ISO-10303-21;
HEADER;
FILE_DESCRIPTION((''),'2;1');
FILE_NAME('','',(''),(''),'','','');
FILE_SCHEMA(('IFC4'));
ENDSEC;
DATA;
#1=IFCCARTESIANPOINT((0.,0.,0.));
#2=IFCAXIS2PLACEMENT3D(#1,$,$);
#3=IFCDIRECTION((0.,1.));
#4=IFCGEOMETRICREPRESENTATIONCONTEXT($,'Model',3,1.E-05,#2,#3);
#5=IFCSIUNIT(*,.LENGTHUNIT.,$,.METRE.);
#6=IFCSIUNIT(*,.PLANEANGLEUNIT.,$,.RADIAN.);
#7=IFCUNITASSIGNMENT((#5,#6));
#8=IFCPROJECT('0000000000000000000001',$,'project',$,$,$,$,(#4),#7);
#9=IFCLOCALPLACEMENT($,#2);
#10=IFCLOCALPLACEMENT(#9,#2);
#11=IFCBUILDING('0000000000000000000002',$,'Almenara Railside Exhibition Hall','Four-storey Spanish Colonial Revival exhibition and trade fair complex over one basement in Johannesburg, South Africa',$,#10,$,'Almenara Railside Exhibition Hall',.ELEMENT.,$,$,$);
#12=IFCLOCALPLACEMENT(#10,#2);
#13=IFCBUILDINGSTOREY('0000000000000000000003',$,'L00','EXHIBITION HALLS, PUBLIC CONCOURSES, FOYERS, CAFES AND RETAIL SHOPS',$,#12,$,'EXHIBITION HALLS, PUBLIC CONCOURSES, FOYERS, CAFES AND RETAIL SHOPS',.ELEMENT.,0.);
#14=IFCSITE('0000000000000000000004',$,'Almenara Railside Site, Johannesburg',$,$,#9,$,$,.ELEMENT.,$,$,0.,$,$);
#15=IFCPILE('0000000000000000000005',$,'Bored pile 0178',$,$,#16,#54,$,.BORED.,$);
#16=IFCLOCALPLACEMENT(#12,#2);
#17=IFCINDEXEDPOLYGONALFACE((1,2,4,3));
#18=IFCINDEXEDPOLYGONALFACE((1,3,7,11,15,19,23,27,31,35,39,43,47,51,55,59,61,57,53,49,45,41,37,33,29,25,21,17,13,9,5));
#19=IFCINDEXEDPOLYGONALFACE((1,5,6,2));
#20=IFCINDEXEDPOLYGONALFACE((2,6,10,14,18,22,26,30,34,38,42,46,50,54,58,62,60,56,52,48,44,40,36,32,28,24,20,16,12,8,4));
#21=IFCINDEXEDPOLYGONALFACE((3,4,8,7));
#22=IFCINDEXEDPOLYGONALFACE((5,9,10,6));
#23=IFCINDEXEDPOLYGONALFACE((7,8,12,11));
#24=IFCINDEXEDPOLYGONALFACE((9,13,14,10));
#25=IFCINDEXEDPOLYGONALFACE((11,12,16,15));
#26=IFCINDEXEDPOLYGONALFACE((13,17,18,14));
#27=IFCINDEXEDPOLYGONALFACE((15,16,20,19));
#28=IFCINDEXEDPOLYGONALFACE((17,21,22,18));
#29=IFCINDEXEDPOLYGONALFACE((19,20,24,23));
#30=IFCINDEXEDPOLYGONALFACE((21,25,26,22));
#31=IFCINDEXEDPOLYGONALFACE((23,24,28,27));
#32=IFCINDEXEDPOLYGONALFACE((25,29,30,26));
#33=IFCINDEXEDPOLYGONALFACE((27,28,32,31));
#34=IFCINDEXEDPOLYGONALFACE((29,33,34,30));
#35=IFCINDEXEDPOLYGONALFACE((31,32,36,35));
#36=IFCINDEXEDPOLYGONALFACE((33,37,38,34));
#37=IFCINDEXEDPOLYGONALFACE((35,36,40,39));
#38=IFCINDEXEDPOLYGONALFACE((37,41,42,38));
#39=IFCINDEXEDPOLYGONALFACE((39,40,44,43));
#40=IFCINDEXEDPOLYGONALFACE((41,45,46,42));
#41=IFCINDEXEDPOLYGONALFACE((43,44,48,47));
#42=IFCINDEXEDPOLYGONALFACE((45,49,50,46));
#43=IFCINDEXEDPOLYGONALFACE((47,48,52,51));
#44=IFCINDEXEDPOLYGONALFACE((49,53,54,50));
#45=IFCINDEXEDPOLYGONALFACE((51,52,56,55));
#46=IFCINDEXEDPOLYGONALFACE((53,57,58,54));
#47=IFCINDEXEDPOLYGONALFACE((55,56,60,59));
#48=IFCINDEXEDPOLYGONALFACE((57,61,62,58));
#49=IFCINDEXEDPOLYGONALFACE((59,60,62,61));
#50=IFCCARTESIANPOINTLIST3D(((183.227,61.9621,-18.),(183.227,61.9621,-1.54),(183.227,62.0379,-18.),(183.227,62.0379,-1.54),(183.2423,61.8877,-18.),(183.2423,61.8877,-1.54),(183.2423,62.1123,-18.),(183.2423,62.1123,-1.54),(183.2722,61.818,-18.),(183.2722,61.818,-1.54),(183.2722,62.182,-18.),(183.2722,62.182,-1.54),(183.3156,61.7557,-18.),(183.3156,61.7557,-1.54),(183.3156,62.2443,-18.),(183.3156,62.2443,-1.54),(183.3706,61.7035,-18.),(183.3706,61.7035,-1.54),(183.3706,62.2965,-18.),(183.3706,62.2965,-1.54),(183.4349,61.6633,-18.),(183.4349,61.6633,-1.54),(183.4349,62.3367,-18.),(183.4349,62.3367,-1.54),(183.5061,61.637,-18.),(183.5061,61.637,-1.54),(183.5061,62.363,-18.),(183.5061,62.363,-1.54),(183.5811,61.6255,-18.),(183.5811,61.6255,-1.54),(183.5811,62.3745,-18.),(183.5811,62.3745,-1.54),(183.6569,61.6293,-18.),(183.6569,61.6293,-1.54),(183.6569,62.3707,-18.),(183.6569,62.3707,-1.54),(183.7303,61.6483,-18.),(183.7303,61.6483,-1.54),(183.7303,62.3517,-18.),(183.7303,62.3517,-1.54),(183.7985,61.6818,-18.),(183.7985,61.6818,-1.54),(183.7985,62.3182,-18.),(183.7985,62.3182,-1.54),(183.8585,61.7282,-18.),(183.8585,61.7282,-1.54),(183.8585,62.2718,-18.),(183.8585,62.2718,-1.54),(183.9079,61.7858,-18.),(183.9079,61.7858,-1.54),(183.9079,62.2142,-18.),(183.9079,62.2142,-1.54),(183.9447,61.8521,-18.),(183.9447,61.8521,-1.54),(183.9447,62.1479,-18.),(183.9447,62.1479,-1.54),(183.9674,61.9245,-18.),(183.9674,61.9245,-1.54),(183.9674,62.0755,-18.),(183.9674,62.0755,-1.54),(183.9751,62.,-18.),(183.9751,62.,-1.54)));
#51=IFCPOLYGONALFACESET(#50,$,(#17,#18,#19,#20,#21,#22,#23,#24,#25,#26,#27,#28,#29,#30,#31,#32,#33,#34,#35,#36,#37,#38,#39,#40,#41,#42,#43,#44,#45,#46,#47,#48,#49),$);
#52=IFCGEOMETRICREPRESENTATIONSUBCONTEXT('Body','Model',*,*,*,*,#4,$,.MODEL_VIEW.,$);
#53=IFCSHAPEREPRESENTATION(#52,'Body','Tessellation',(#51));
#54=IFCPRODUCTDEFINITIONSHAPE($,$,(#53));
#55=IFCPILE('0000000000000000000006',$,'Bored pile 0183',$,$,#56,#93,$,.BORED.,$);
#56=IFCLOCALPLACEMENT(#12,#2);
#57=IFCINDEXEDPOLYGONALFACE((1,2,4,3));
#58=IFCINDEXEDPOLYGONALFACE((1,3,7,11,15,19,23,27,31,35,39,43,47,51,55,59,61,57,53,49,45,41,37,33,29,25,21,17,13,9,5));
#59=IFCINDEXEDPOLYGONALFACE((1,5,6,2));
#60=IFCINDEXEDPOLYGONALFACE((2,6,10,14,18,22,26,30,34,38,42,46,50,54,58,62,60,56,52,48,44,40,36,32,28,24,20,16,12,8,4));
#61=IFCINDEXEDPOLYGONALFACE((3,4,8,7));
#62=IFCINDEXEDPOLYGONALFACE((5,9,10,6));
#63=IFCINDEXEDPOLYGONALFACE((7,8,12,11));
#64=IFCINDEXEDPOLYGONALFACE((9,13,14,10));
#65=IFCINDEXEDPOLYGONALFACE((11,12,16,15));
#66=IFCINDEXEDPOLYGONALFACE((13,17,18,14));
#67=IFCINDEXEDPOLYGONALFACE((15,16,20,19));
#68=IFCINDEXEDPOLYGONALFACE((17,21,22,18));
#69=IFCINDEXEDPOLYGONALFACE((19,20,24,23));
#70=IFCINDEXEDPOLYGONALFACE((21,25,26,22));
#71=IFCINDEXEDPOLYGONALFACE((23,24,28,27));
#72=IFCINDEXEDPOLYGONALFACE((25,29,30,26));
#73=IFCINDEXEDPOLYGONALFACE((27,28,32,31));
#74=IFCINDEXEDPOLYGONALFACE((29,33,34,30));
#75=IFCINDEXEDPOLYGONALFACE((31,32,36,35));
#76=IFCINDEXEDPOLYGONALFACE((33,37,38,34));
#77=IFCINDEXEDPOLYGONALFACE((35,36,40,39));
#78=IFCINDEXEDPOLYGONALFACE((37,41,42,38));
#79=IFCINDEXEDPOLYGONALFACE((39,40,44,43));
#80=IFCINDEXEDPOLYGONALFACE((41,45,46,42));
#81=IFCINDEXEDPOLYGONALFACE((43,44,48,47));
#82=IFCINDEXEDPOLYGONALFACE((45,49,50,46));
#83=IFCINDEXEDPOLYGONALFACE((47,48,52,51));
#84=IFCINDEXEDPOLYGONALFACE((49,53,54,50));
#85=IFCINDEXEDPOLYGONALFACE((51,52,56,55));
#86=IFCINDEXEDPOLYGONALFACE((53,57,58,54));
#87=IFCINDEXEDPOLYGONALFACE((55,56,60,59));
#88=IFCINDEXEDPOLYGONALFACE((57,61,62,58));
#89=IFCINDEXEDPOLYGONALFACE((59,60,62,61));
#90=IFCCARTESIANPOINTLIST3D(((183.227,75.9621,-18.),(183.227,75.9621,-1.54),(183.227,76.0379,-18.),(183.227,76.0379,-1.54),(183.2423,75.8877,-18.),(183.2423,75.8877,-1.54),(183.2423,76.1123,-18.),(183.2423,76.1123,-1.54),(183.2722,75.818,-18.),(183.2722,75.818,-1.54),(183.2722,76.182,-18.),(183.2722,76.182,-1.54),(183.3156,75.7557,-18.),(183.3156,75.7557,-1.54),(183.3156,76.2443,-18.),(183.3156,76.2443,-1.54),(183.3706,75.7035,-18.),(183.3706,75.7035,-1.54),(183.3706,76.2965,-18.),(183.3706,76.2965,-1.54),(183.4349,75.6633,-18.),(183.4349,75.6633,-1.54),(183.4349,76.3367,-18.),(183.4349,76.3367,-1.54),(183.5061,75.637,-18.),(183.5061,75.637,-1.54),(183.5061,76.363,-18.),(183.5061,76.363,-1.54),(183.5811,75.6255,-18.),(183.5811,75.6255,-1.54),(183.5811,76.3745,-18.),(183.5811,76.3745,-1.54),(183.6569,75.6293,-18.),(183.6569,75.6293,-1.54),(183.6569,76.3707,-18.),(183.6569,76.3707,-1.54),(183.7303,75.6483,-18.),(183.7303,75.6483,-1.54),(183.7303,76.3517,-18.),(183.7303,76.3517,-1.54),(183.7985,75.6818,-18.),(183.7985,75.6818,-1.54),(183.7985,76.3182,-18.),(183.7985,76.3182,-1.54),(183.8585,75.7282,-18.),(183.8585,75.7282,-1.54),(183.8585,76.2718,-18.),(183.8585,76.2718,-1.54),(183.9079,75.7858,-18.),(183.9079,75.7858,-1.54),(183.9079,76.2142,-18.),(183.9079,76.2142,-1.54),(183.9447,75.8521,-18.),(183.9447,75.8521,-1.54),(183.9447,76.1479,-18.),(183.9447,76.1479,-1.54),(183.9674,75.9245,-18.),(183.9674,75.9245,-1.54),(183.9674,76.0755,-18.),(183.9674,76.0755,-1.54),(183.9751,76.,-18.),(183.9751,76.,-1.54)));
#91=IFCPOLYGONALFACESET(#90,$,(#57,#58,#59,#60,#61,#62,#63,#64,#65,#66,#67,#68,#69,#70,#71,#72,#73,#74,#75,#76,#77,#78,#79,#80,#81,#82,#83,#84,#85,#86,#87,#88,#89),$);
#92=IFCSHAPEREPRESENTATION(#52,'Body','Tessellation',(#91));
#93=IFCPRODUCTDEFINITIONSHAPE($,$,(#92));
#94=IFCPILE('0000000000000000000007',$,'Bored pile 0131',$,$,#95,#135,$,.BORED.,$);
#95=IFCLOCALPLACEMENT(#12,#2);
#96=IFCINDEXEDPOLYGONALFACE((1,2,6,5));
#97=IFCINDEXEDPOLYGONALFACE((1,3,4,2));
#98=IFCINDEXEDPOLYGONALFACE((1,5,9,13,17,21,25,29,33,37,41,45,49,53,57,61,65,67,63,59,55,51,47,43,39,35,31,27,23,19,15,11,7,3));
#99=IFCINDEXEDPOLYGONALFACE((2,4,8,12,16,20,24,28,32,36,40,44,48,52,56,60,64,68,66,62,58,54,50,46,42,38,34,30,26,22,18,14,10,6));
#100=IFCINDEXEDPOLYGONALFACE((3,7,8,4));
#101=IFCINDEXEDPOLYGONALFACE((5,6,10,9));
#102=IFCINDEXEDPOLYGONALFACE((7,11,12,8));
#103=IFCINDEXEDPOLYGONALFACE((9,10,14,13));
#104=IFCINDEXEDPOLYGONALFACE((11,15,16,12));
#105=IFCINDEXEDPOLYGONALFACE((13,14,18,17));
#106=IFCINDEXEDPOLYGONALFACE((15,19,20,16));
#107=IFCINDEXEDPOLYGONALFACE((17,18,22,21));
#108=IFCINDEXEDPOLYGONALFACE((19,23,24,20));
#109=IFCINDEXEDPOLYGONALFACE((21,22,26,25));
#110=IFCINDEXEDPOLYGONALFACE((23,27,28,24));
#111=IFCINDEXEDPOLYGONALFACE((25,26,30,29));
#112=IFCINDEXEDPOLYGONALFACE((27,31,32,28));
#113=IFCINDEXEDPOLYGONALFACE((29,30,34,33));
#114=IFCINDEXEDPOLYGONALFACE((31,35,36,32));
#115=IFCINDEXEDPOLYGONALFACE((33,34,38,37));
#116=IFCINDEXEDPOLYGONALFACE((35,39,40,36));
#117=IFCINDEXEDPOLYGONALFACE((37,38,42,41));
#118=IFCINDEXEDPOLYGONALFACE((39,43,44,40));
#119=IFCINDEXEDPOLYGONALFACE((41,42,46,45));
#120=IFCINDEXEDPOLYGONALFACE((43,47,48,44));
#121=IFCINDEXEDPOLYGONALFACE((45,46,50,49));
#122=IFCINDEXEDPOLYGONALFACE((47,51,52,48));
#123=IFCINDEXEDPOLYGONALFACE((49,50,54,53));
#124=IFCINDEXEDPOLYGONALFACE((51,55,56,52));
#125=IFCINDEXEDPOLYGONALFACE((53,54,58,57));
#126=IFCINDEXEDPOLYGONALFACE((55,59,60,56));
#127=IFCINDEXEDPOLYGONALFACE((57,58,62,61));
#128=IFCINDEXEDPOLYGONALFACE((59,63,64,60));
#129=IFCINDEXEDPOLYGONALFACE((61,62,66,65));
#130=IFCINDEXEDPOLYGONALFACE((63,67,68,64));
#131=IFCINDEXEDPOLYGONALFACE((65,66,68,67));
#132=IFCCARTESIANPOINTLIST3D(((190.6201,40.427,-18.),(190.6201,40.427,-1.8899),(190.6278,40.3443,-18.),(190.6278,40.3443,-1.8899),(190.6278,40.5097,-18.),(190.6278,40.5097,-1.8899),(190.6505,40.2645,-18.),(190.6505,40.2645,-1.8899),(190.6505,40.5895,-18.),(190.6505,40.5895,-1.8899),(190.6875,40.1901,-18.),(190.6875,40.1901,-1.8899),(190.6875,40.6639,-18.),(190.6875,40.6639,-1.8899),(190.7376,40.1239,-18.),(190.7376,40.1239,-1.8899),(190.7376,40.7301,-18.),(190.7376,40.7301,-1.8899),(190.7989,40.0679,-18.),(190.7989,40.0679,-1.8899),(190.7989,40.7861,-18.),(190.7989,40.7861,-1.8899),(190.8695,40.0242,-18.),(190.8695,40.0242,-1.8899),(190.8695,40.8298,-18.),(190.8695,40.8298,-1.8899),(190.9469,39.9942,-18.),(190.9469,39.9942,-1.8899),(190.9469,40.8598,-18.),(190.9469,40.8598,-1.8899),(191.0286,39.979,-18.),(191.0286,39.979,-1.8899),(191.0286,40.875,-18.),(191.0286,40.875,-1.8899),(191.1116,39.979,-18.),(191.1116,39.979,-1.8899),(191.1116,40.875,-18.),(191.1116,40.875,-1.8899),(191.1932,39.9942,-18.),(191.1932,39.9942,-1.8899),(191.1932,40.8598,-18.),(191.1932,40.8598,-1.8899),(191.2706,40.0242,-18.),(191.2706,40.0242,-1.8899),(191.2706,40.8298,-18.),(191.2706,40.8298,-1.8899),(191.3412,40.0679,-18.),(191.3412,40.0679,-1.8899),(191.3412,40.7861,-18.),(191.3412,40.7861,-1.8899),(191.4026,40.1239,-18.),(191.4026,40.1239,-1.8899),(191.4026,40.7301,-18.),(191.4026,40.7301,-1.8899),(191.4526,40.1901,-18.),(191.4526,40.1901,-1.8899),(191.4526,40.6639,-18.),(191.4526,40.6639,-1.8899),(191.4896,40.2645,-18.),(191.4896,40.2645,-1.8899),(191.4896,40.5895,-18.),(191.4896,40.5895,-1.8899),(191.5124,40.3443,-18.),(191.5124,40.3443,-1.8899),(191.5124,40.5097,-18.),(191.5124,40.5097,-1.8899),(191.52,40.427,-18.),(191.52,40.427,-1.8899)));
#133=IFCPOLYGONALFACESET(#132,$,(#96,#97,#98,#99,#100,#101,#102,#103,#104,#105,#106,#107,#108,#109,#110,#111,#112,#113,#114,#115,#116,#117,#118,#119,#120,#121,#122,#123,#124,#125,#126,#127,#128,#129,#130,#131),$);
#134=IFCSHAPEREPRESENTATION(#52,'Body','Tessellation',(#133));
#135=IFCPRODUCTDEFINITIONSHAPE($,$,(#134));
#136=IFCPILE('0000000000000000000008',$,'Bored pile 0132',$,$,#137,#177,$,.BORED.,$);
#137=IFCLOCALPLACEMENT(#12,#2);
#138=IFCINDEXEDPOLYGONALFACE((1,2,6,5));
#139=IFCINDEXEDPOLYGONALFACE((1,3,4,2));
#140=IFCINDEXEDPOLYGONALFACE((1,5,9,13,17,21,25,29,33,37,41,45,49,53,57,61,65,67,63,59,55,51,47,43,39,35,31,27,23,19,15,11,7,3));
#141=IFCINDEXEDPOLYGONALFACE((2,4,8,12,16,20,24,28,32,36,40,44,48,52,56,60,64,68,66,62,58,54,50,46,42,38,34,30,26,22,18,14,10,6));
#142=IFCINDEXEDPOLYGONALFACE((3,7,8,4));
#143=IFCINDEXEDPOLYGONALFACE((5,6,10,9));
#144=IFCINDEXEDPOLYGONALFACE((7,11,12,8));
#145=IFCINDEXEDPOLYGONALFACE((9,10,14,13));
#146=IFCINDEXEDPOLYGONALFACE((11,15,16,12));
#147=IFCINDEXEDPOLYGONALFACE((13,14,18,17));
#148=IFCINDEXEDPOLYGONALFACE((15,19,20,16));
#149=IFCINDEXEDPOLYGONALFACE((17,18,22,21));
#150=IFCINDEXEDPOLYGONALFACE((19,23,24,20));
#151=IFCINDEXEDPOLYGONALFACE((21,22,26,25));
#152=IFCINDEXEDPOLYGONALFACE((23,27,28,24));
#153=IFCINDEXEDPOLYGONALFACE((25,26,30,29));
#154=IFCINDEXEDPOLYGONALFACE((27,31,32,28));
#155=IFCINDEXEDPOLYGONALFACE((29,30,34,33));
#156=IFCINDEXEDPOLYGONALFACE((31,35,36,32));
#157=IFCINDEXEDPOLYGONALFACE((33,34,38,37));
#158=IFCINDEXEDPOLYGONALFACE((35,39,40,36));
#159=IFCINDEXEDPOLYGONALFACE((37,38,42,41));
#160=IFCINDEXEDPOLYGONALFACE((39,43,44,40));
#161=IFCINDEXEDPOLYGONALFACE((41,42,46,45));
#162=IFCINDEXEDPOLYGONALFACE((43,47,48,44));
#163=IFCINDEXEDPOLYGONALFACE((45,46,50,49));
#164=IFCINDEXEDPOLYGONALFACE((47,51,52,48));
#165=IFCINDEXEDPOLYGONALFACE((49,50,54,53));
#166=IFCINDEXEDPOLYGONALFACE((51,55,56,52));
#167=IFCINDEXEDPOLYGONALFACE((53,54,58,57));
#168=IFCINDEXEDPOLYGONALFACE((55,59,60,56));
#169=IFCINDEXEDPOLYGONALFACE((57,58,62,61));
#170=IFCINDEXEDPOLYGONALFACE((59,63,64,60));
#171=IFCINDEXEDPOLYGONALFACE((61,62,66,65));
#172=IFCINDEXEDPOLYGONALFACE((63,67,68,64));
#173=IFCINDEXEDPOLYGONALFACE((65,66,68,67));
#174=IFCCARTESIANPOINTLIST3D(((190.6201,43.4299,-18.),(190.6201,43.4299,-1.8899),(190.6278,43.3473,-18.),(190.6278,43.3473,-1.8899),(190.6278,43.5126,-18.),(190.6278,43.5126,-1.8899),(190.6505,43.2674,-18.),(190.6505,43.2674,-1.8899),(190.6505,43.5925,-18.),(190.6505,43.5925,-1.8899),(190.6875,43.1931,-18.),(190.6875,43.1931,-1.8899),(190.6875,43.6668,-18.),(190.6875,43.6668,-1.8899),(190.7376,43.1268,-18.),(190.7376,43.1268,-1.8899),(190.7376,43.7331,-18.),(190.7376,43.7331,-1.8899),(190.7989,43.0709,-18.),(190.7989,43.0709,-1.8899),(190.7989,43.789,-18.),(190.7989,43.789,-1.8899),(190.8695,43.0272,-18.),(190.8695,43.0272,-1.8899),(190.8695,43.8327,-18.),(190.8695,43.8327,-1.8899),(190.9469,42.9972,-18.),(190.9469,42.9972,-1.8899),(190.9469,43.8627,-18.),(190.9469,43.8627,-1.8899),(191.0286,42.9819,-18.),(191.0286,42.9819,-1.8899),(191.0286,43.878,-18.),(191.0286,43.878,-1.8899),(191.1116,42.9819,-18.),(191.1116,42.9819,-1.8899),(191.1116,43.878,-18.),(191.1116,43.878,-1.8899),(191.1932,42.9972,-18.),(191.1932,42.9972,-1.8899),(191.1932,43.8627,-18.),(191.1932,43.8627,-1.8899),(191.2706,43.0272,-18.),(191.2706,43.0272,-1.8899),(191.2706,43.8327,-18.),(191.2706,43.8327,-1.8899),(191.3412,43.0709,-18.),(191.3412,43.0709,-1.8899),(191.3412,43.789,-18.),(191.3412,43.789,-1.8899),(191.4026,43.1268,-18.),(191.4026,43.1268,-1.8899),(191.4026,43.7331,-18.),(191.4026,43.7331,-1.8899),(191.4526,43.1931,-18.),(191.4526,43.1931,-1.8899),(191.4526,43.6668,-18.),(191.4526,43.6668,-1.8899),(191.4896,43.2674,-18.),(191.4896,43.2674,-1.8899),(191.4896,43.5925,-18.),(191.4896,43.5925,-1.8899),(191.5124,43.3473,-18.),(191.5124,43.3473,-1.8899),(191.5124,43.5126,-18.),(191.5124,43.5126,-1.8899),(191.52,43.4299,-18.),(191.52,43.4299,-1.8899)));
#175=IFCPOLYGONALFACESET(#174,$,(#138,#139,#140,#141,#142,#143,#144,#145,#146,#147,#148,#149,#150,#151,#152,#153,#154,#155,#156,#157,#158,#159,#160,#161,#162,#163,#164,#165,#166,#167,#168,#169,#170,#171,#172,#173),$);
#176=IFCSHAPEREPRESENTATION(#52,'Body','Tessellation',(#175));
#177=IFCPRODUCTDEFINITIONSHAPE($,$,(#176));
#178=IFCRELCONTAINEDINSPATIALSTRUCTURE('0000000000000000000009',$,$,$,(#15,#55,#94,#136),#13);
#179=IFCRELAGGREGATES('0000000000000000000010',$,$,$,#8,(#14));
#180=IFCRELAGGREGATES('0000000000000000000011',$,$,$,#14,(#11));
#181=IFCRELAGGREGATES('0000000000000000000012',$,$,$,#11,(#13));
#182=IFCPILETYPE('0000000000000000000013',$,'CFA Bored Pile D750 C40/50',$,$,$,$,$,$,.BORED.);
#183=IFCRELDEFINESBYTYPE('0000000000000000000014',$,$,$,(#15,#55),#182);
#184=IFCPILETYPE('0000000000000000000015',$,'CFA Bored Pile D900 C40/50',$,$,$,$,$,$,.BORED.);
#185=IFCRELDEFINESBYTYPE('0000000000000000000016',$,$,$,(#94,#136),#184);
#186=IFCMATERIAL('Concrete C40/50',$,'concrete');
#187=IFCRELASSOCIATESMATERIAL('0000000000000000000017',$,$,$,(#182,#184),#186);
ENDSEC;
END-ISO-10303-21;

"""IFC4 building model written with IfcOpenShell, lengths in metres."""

from ifc_helpers import new_model, si_unit, direction, frame, origin, origin_2d, place, context, subcontext, project, spatial, circle, extrude, material, material_profile, profile_set, type_object, element, save


model = new_model("IFC4")

# Units and contexts
model_context = context("Model", 3, precision=1e-05, world=origin(), true_north=direction((0.0, 1.0)))
body_context = subcontext(model_context, "Body", "Model", "MODEL_VIEW")
ifc_project = project(units=[si_unit("LENGTHUNIT", "METRE"), si_unit("PLANEANGLEUNIT", "RADIAN")], contexts=[model_context])

# Site, building, storey
site_placement = place(None, origin())
site = spatial("IfcSite", under=ifc_project, at=site_placement, Name="Almenara Railside Site, Johannesburg", CompositionType="ELEMENT", RefElevation=0.0)
building_placement = place(site_placement, origin())
building = spatial("IfcBuilding", under=site, at=building_placement, Name="Almenara Railside Exhibition Hall", Description="Four-storey Spanish Colonial Revival exhibition and trade fair complex over one basement in Johannesburg, South Africa", LongName="Almenara Railside Exhibition Hall", CompositionType="ELEMENT")
storey_placement = place(building_placement, origin())
storey = spatial("IfcBuildingStorey", under=building, at=storey_placement, Name="L00", Description="EXHIBITION HALLS, PUBLIC CONCOURSES, FOYERS, CAFES AND RETAIL SHOPS", LongName="EXHIBITION HALLS, PUBLIC CONCOURSES, FOYERS, CAFES AND RETAIL SHOPS", CompositionType="ELEMENT", Elevation=0.0)

# Piles
ifc_material_1 = material(Name="Concrete C40/50", Category="concrete")
ifc_material_profile_1 = material_profile(ifc_material_1, circle(Radius=0.375, at=origin_2d()), Name="CFA-PILE D750")
ifc_profile_set_1 = profile_set([ifc_material_profile_1], Name="Concrete C40/50")
pile_type_1 = type_object("IfcPileType", Name="CFA Bored Pile D750 C40/50", PredefinedType="BORED", material=ifc_profile_set_1)
for number, where, z_axis, x_axis, name in (
    (1, (183.6001, 62.0, -1.54), (0.0, 0.0, -1.0), (1.0, 0.0, 0.0), "Bored pile 0178"),
    (2, (183.6001, 76.0, -1.54), (0.0, 0.0, -1.0), (1.0, 0.0, 0.0), "Bored pile 0183"),
):
    element("IfcPile", number, at=place(storey_placement, frame(where, z_axis=z_axis, x_axis=x_axis)), inside=storey, type_object=pile_type_1, Name=name, PredefinedType="BORED", context=body_context, shape_type="SweptSolid", body=[
        extrude(circle(Radius=0.375, at=origin_2d()), origin(), (0.0, 0.0, 1.0), 16.46),
    ])
ifc_material_profile_2 = material_profile(ifc_material_1, circle(Radius=0.45, at=origin_2d()), Name="CFA-PILE D900")
ifc_profile_set_2 = profile_set([ifc_material_profile_2], Name="Concrete C40/50")
pile_type_2 = type_object("IfcPileType", Name="CFA Bored Pile D900 C40/50", PredefinedType="BORED", material=ifc_profile_set_2)
for number, where, z_axis, x_axis, name in (
    (3, (191.0701, 40.427, -1.8899), (0.0, 0.0, -1.0), (1.0, 0.0, 0.0), "Bored pile 0131"),
    (4, (191.0701, 43.4299, -1.8899), (0.0, 0.0, -1.0), (1.0, 0.0, 0.0), "Bored pile 0132"),
):
    element("IfcPile", number, at=place(storey_placement, frame(where, z_axis=z_axis, x_axis=x_axis)), inside=storey, type_object=pile_type_2, Name=name, PredefinedType="BORED", context=body_context, shape_type="SweptSolid", body=[
        extrude(circle(Radius=0.45, at=origin_2d()), origin(), (0.0, 0.0, 1.0), 16.1101),
    ])

save(model, "model.ifc")
